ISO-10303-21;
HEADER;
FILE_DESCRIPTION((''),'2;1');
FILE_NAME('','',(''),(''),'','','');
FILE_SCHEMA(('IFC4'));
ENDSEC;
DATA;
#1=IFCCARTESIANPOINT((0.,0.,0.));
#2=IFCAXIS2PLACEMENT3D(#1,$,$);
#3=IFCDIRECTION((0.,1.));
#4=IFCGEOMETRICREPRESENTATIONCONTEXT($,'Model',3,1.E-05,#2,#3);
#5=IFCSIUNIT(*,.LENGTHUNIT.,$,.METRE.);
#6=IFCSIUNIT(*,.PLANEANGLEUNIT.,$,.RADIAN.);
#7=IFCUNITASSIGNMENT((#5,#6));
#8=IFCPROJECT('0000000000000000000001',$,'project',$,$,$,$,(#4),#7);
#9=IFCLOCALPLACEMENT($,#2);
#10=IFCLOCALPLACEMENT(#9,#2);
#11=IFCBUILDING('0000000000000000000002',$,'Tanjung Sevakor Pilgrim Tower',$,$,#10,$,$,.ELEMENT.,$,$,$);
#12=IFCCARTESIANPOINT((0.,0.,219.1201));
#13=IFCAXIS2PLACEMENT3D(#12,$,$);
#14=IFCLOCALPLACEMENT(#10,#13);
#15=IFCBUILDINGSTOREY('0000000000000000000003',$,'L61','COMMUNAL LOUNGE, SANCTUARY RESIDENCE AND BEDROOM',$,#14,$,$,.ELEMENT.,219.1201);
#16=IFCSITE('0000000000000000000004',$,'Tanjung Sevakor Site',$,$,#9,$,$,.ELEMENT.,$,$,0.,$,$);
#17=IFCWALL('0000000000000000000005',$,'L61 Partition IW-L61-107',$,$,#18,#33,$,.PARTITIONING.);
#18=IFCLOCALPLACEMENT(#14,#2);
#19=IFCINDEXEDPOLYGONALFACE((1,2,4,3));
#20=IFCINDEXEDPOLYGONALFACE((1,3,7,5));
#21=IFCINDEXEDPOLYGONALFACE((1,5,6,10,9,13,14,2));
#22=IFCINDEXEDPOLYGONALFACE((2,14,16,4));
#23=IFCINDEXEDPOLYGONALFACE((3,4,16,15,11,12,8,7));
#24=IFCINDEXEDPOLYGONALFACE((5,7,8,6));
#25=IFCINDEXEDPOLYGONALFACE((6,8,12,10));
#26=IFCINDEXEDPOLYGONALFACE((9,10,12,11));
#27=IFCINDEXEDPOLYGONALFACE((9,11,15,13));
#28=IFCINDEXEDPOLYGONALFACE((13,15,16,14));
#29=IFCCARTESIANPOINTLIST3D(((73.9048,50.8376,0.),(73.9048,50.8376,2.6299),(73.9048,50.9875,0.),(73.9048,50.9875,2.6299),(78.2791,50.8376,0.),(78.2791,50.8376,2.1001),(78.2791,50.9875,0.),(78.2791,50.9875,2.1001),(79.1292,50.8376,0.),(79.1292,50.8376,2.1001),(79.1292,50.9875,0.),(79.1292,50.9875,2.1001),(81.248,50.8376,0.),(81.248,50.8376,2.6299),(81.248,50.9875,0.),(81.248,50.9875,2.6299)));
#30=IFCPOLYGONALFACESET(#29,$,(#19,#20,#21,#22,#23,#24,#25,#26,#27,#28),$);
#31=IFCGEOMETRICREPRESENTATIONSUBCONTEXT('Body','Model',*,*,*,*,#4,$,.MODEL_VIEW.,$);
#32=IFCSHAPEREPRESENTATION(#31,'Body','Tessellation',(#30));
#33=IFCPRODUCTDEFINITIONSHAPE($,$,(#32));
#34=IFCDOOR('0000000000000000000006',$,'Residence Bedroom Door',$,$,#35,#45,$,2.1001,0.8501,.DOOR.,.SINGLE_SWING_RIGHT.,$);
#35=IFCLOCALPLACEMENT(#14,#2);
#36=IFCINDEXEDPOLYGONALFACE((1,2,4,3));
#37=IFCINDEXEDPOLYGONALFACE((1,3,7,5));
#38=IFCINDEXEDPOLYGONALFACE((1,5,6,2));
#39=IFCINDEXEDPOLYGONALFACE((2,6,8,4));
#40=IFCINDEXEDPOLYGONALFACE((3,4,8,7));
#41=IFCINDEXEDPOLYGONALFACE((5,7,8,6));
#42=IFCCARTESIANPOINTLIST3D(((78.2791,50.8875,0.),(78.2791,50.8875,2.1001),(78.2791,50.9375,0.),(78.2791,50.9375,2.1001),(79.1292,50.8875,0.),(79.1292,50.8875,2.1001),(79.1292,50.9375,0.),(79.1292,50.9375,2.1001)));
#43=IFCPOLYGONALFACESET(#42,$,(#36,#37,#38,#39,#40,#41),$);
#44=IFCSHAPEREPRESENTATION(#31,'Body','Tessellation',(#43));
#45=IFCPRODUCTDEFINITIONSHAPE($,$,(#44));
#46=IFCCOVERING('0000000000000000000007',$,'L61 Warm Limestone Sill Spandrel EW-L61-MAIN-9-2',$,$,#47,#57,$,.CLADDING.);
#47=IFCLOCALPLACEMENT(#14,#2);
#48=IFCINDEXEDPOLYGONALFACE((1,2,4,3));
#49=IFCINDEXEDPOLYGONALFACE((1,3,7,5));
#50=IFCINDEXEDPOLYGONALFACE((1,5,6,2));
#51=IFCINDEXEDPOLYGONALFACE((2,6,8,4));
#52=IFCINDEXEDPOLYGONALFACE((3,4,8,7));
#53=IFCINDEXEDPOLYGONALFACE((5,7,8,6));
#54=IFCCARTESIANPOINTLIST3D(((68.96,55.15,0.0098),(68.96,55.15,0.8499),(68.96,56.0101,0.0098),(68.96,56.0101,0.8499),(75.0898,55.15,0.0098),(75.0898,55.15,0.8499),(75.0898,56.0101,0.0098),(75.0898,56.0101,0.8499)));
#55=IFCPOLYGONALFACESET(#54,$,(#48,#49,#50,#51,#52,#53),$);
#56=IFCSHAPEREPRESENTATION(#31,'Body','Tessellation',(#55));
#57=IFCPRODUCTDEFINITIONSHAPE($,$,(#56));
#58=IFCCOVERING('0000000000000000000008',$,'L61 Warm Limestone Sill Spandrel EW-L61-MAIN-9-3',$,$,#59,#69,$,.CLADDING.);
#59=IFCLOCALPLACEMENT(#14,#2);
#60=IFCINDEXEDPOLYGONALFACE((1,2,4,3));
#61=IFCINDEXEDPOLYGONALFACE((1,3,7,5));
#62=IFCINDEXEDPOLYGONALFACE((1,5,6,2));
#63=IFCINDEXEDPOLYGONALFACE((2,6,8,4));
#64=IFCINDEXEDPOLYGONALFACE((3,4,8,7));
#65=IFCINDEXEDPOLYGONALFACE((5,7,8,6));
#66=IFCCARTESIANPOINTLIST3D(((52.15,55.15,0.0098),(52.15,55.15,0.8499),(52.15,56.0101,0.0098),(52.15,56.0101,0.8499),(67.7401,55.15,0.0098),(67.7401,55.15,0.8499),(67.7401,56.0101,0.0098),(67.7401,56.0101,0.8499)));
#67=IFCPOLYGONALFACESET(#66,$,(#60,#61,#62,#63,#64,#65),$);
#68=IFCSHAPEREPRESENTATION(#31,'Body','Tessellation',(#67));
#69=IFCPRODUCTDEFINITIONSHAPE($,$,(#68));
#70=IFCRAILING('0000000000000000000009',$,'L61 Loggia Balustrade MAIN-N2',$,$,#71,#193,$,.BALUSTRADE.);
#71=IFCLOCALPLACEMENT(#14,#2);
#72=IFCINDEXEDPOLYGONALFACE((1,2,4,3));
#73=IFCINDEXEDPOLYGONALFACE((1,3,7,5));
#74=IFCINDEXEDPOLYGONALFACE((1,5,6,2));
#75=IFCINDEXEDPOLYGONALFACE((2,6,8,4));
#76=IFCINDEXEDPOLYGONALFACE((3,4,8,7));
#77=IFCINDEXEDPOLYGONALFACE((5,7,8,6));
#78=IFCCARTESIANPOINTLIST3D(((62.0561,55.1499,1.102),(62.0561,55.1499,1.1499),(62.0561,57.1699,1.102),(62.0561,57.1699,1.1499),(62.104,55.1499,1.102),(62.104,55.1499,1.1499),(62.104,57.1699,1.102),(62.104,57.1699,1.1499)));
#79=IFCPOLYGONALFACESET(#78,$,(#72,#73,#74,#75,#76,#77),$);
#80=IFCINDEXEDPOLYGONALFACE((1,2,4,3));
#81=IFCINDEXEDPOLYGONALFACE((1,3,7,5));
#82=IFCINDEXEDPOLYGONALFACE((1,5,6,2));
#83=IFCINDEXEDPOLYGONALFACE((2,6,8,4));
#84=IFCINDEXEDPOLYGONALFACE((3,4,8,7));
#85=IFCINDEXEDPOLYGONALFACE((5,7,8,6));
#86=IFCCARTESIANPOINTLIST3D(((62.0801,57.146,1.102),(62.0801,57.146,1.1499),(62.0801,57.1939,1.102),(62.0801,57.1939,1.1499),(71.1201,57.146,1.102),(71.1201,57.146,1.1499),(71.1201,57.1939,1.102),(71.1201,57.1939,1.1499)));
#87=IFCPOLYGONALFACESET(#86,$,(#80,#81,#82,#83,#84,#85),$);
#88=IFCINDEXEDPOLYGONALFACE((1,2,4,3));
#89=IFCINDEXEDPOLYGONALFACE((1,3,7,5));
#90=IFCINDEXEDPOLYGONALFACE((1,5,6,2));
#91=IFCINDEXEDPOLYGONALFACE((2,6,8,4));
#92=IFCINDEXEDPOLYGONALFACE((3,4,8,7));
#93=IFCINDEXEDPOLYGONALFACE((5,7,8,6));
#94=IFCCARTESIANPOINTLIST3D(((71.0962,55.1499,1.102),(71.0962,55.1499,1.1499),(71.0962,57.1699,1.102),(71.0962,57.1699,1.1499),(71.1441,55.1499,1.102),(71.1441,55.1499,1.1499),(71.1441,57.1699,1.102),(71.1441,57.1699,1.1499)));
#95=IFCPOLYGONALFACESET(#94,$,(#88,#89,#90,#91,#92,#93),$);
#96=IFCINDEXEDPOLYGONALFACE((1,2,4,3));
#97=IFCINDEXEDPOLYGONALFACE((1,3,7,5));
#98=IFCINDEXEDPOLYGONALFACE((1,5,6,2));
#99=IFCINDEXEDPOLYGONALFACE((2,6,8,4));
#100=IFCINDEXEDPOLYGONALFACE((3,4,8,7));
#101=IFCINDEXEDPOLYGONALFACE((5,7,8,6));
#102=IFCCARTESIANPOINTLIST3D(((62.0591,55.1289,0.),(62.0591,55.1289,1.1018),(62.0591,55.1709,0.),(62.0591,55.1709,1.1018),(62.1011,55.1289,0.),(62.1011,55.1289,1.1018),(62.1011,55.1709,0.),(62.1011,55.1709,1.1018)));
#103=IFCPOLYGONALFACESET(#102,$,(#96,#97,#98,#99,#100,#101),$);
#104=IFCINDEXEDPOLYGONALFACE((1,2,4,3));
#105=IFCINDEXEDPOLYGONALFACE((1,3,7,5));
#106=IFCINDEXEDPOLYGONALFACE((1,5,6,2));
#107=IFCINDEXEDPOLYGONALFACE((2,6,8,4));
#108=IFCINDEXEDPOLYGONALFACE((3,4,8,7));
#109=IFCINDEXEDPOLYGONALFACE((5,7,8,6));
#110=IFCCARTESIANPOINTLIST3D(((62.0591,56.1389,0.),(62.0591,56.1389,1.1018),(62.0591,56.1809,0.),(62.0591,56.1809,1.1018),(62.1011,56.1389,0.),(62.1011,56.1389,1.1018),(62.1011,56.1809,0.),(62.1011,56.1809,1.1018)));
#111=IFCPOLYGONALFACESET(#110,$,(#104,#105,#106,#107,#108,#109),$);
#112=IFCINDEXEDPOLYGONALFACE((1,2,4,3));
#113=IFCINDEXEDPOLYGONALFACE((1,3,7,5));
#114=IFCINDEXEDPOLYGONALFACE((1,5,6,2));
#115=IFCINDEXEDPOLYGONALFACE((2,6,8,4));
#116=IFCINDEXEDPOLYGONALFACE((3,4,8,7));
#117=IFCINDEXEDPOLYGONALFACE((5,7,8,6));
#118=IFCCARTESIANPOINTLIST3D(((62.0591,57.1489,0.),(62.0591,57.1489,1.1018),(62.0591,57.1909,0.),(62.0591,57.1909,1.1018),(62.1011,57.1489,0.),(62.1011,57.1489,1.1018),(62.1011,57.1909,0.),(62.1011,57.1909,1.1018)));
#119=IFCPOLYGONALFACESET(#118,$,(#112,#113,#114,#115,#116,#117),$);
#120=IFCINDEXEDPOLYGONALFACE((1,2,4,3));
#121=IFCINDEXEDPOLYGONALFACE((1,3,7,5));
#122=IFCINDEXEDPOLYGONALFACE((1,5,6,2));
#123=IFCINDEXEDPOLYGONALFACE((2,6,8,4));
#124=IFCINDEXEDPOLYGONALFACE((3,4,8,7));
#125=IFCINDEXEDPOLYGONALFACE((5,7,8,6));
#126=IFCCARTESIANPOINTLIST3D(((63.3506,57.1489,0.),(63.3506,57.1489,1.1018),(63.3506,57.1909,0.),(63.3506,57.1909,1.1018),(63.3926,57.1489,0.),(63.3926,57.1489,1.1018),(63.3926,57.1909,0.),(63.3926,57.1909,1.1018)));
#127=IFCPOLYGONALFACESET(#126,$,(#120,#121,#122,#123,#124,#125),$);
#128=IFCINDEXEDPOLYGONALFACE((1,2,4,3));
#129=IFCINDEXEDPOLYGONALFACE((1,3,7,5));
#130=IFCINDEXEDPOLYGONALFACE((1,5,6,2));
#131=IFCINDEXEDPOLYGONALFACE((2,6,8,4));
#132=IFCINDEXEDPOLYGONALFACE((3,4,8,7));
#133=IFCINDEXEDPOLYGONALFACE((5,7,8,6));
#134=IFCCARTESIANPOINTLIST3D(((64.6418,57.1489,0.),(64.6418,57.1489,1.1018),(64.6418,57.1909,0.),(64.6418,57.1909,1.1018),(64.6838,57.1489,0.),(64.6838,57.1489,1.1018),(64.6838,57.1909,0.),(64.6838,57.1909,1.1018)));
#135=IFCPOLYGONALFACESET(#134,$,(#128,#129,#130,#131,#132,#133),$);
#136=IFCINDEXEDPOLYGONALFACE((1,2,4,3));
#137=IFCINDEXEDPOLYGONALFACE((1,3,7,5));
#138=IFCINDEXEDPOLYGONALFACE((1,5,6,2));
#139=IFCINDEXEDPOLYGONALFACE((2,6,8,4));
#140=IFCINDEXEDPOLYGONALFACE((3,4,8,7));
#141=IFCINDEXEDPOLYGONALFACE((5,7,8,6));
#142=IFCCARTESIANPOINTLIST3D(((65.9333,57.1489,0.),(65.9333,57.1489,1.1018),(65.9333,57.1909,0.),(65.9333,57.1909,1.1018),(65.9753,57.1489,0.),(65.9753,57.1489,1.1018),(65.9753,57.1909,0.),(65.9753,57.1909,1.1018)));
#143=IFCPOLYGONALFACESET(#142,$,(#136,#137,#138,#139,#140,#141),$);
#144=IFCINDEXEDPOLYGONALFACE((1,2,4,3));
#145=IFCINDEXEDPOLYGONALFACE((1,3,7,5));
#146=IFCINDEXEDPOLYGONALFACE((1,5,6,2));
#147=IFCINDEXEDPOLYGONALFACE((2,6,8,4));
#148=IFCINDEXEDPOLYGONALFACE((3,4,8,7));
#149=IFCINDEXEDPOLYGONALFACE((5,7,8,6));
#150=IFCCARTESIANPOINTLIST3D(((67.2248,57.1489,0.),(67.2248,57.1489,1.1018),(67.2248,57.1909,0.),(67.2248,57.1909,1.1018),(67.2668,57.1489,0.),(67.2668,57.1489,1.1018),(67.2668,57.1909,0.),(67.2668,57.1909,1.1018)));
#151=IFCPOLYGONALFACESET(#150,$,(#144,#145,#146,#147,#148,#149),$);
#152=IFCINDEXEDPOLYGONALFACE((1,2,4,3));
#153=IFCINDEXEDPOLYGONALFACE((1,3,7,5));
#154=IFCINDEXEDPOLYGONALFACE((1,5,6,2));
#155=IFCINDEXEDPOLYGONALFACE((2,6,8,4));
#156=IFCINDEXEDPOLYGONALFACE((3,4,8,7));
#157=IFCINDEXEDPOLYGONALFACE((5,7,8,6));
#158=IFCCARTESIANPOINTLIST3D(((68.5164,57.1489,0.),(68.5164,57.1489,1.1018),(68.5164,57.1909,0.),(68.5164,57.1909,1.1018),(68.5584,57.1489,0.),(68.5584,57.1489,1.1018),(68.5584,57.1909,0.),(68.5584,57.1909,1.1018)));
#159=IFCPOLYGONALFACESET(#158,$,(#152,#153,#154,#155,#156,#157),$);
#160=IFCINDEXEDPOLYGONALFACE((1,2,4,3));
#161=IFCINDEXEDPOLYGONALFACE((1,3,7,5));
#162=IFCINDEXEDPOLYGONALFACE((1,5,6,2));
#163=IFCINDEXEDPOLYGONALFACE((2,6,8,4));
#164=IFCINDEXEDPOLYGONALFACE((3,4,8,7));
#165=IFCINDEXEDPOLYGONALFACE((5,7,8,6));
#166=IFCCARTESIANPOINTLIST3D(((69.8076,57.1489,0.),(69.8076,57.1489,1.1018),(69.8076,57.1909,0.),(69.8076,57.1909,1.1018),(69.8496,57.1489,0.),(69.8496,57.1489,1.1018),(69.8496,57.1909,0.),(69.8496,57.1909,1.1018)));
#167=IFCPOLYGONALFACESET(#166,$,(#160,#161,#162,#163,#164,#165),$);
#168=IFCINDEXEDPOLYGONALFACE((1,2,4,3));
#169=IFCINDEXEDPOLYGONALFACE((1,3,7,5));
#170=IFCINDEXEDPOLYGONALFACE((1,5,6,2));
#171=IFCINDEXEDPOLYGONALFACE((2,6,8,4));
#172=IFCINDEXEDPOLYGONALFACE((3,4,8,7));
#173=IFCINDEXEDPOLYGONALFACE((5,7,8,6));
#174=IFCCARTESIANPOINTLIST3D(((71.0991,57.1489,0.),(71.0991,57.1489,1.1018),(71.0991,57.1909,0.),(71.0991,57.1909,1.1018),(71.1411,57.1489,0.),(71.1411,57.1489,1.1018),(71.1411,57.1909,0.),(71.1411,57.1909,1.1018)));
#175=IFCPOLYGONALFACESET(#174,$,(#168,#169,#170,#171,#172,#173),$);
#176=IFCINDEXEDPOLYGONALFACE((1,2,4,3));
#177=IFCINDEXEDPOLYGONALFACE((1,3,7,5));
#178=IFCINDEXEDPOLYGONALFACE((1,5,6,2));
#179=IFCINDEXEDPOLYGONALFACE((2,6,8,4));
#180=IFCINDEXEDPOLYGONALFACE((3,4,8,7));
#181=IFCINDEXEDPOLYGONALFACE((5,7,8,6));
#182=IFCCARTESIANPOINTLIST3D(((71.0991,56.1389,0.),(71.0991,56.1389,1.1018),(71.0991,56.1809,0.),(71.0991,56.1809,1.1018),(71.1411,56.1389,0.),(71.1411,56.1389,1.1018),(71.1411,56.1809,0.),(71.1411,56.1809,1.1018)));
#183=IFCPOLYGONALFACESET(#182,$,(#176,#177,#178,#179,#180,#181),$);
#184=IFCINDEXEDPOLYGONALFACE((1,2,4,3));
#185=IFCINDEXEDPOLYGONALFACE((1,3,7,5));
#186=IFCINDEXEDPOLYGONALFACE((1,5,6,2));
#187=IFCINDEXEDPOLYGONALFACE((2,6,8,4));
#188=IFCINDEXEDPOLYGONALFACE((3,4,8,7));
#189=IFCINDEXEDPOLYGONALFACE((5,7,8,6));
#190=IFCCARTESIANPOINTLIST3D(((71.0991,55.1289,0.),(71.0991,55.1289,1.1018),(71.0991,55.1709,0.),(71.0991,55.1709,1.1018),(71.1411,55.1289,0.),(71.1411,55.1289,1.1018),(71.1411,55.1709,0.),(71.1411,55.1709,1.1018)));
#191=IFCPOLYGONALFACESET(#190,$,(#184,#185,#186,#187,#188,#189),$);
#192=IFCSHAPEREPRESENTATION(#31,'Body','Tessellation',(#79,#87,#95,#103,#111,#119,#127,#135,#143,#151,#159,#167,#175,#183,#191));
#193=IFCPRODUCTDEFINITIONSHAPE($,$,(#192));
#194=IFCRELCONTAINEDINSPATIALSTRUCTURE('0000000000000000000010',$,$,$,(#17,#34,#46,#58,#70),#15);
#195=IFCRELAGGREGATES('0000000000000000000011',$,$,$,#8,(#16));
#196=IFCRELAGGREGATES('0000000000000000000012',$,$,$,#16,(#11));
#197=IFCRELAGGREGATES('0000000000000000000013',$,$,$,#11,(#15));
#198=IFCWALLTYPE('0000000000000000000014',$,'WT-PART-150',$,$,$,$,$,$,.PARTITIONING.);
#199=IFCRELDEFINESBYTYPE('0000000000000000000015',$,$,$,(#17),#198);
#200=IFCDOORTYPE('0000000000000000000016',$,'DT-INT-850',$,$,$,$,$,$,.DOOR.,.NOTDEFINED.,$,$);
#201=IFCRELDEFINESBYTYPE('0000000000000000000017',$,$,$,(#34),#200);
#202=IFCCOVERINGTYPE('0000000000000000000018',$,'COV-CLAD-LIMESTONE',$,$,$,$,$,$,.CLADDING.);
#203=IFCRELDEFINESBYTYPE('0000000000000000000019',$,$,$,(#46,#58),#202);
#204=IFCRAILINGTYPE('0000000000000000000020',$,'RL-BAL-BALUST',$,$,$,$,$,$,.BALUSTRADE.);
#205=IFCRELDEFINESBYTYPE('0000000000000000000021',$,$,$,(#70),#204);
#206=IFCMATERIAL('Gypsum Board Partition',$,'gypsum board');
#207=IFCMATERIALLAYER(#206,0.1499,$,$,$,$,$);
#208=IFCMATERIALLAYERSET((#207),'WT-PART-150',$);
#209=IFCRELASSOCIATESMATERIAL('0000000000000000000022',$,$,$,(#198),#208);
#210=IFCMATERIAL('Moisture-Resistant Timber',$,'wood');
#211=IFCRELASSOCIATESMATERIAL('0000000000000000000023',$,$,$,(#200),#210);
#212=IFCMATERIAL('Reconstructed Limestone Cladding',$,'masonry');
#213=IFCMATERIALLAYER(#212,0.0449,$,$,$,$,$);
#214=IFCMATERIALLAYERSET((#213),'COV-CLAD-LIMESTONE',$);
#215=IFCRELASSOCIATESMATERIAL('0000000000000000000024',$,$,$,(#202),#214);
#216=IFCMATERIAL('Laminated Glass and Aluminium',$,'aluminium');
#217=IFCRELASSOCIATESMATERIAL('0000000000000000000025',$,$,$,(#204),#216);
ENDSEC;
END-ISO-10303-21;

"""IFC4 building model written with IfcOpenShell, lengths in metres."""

from ifc_helpers import new_model, si_unit, direction, frame, frame_2d, origin, origin_2d, place, context, subcontext, project, spatial, rectangle, extrude, material, layer, layer_set, type_object, element, fill, save


model = new_model("IFC4")

# Units and contexts
model_context = context("Model", 3, precision=1e-05, world=origin(), true_north=direction((0.0, 1.0)))
body_context = subcontext(model_context, "Body", "Model", "MODEL_VIEW")
ifc_project = project(units=[si_unit("LENGTHUNIT", "METRE"), si_unit("PLANEANGLEUNIT", "RADIAN")], contexts=[model_context])

# Site, building, storey
site_placement = place(None, origin())
site = spatial("IfcSite", under=ifc_project, at=site_placement, Name="Tanjung Sevakor Site", CompositionType="ELEMENT", RefElevation=0.0)
building_placement = place(site_placement, origin())
building = spatial("IfcBuilding", under=site, at=building_placement, Name="Tanjung Sevakor Pilgrim Tower", CompositionType="ELEMENT")
storey_placement = place(building_placement, frame((0.0, 0.0, 219.1201)))
storey = spatial("IfcBuildingStorey", under=building, at=storey_placement, Name="L61", Description="COMMUNAL LOUNGE, SANCTUARY RESIDENCE AND BEDROOM", CompositionType="ELEMENT", Elevation=219.1201)

# Shared definitions
ifc_material_1 = material(Name="Gypsum Board Partition", Category="gypsum board")
ifc_layer_1 = layer(ifc_material_1, 0.1499)
ifc_layer_set_1 = layer_set([ifc_layer_1], Name="WT-PART-150")
wall_type_1 = type_object("IfcWallType", Name="WT-PART-150", PredefinedType="PARTITIONING", material=ifc_layer_set_1)

# Shared definitions
ifc_material_2 = material(Name="Moisture-Resistant Timber", Category="wood")
door_type_1 = type_object("IfcDoorType", Name="DT-INT-850", OperationType="NOTDEFINED", PredefinedType="DOOR", material=ifc_material_2)

# Wall, opening, door
wall_1_placement = place(storey_placement, frame((73.9048, 50.9126, 0.0), z_axis=(0.0, 0.0, 1.0), x_axis=(1.0, 0.0, 0.0)))
wall_1 = element("IfcWall", 1, at=wall_1_placement, inside=storey, type_object=wall_type_1, Name="L61 Partition IW-L61-107", PredefinedType="PARTITIONING", context=body_context, shape_type="SweptSolid", body=[
    extrude(rectangle(XDim=7.3433, YDim=0.1499, at=frame_2d((3.6716, 0.0))), origin(), (0.0, 0.0, 1.0), 2.6299),
])
opening_1_placement = place(wall_1_placement, frame((4.3743, 0.0, 0.0)))
opening_1 = element("IfcOpeningElement", 2, at=opening_1_placement, cuts=wall_1, PredefinedType="OPENING", context=body_context, shape_type="SweptSolid", body=[
    extrude(rectangle(XDim=0.8501, YDim=2.1001, at=frame_2d((0.425, 1.05))), frame((0.0, 0.085, 0.0), z_axis=(0.0, -1.0, 0.0), x_axis=(1.0, 0.0, 0.0)), (0.0, 0.0, 1.0), 0.1699),
])
door_1_placement = place(opening_1_placement, origin())
door_1 = element("IfcDoor", 3, at=door_1_placement, inside=storey, type_object=door_type_1, Name="Residence Bedroom Door", OperationType="SINGLE_SWING_RIGHT", OverallHeight=2.1001, OverallWidth=0.8501, PredefinedType="DOOR", context=body_context, shape_type="SweptSolid", body=[
    extrude(rectangle(XDim=0.8501, YDim=2.1001, at=frame_2d((0.425, 1.05))), frame((0.0, 0.0249, 0.0), z_axis=(0.0, -1.0, 0.0), x_axis=(1.0, 0.0, 0.0)), (0.0, 0.0, 1.0), 0.05),
])
fill(opening_1, door_1)

# Coverings
ifc_material_3 = material(Name="Reconstructed Limestone Cladding", Category="masonry")
ifc_layer_2 = layer(ifc_material_3, 0.0449)
ifc_layer_set_2 = layer_set([ifc_layer_2], Name="COV-CLAD-LIMESTONE")
covering_type = type_object("IfcCoveringType", Name="COV-CLAD-LIMESTONE", PredefinedType="CLADDING", material=ifc_layer_set_2)
covering_1_placement = place(storey_placement, frame((72.0249, 55.5801, 0.0098), z_axis=(0.0, 0.0, 1.0), x_axis=(-1.0, 0.0, 0.0)))
element("IfcCovering", 4, at=covering_1_placement, inside=storey, type_object=covering_type, Name="L61 Warm Limestone Sill Spandrel EW-L61-MAIN-9-2", PredefinedType="CLADDING", context=body_context, shape_type="SweptSolid", body=[
    extrude(rectangle(XDim=6.1299, YDim=0.8601, at=origin_2d()), origin(), (0.0, 0.0, 1.0), 0.8401),
])
covering_2_placement = place(storey_placement, frame((59.9451, 55.5801, 0.0098), z_axis=(0.0, 0.0, 1.0), x_axis=(-1.0, 0.0, 0.0)))
element("IfcCovering", 5, at=covering_2_placement, inside=storey, type_object=covering_type, Name="L61 Warm Limestone Sill Spandrel EW-L61-MAIN-9-3", PredefinedType="CLADDING", context=body_context, shape_type="SweptSolid", body=[
    extrude(rectangle(XDim=15.5901, YDim=0.8601, at=origin_2d()), origin(), (0.0, 0.0, 1.0), 0.8401),
])

# Railing
ifc_material_4 = material(Name="Laminated Glass and Aluminium", Category="aluminium")
railing_type_1 = type_object("IfcRailingType", Name="RL-BAL-BALUST", PredefinedType="BALUSTRADE", material=ifc_material_4)
railing_1_placement = place(storey_placement, frame((62.0801, 55.1499, 0.0)))
element("IfcRailing", 6, at=railing_1_placement, inside=storey, type_object=railing_type_1, Name="L61 Loggia Balustrade MAIN-N2", PredefinedType="BALUSTRADE", context=body_context, shape_type="SweptSolid", body=[
    extrude(rectangle(XDim=0.0479, YDim=0.0479), frame((0.0, 0.0, 1.126), z_axis=(0.0, 1.0, 0.0), x_axis=(-1.0, 0.0, 0.0)), (0.0, 0.0, 1.0), 2.02),
    extrude(rectangle(XDim=0.0479, YDim=0.0479), frame((0.0, 2.02, 1.126), z_axis=(1.0, 0.0, 0.0), x_axis=(0.0, 1.0, 0.0)), (0.0, 0.0, 1.0), 9.04),
    extrude(rectangle(XDim=0.0479, YDim=0.0479), frame((9.04, 2.02, 1.126), z_axis=(0.0, -1.0, 0.0), x_axis=(1.0, 0.0, 0.0)), (0.0, 0.0, 1.0), 2.02),
    extrude(rectangle(XDim=0.042, YDim=0.042), origin(), (0.0, 0.0, 1.0), 1.1018),
    extrude(rectangle(XDim=0.042, YDim=0.042), frame((0.0, 1.01, 0.0)), (0.0, 0.0, 1.0), 1.1018),
    extrude(rectangle(XDim=0.042, YDim=0.042), frame((0.0, 2.02, 0.0)), (0.0, 0.0, 1.0), 1.1018),
    extrude(rectangle(XDim=0.042, YDim=0.042), frame((1.2915, 2.02, 0.0)), (0.0, 0.0, 1.0), 1.1018),
    extrude(rectangle(XDim=0.042, YDim=0.042), frame((2.5828, 2.02, 0.0)), (0.0, 0.0, 1.0), 1.1018),
    extrude(rectangle(XDim=0.042, YDim=0.042), frame((3.8743, 2.02, 0.0)), (0.0, 0.0, 1.0), 1.1018),
    extrude(rectangle(XDim=0.042, YDim=0.042), frame((5.1658, 2.02, 0.0)), (0.0, 0.0, 1.0), 1.1018),
    extrude(rectangle(XDim=0.042, YDim=0.042), frame((6.4573, 2.02, 0.0)), (0.0, 0.0, 1.0), 1.1018),
    extrude(rectangle(XDim=0.042, YDim=0.042), frame((7.7485, 2.02, 0.0)), (0.0, 0.0, 1.0), 1.1018),
    extrude(rectangle(XDim=0.042, YDim=0.042), frame((9.04, 2.02, 0.0)), (0.0, 0.0, 1.0), 1.1018),
    extrude(rectangle(XDim=0.042, YDim=0.042), frame((9.04, 1.01, 0.0)), (0.0, 0.0, 1.0), 1.1018),
    extrude(rectangle(XDim=0.042, YDim=0.042), frame((9.04, 0.0, 0.0)), (0.0, 0.0, 1.0), 1.1018),
])

save(model, "model.ifc")
